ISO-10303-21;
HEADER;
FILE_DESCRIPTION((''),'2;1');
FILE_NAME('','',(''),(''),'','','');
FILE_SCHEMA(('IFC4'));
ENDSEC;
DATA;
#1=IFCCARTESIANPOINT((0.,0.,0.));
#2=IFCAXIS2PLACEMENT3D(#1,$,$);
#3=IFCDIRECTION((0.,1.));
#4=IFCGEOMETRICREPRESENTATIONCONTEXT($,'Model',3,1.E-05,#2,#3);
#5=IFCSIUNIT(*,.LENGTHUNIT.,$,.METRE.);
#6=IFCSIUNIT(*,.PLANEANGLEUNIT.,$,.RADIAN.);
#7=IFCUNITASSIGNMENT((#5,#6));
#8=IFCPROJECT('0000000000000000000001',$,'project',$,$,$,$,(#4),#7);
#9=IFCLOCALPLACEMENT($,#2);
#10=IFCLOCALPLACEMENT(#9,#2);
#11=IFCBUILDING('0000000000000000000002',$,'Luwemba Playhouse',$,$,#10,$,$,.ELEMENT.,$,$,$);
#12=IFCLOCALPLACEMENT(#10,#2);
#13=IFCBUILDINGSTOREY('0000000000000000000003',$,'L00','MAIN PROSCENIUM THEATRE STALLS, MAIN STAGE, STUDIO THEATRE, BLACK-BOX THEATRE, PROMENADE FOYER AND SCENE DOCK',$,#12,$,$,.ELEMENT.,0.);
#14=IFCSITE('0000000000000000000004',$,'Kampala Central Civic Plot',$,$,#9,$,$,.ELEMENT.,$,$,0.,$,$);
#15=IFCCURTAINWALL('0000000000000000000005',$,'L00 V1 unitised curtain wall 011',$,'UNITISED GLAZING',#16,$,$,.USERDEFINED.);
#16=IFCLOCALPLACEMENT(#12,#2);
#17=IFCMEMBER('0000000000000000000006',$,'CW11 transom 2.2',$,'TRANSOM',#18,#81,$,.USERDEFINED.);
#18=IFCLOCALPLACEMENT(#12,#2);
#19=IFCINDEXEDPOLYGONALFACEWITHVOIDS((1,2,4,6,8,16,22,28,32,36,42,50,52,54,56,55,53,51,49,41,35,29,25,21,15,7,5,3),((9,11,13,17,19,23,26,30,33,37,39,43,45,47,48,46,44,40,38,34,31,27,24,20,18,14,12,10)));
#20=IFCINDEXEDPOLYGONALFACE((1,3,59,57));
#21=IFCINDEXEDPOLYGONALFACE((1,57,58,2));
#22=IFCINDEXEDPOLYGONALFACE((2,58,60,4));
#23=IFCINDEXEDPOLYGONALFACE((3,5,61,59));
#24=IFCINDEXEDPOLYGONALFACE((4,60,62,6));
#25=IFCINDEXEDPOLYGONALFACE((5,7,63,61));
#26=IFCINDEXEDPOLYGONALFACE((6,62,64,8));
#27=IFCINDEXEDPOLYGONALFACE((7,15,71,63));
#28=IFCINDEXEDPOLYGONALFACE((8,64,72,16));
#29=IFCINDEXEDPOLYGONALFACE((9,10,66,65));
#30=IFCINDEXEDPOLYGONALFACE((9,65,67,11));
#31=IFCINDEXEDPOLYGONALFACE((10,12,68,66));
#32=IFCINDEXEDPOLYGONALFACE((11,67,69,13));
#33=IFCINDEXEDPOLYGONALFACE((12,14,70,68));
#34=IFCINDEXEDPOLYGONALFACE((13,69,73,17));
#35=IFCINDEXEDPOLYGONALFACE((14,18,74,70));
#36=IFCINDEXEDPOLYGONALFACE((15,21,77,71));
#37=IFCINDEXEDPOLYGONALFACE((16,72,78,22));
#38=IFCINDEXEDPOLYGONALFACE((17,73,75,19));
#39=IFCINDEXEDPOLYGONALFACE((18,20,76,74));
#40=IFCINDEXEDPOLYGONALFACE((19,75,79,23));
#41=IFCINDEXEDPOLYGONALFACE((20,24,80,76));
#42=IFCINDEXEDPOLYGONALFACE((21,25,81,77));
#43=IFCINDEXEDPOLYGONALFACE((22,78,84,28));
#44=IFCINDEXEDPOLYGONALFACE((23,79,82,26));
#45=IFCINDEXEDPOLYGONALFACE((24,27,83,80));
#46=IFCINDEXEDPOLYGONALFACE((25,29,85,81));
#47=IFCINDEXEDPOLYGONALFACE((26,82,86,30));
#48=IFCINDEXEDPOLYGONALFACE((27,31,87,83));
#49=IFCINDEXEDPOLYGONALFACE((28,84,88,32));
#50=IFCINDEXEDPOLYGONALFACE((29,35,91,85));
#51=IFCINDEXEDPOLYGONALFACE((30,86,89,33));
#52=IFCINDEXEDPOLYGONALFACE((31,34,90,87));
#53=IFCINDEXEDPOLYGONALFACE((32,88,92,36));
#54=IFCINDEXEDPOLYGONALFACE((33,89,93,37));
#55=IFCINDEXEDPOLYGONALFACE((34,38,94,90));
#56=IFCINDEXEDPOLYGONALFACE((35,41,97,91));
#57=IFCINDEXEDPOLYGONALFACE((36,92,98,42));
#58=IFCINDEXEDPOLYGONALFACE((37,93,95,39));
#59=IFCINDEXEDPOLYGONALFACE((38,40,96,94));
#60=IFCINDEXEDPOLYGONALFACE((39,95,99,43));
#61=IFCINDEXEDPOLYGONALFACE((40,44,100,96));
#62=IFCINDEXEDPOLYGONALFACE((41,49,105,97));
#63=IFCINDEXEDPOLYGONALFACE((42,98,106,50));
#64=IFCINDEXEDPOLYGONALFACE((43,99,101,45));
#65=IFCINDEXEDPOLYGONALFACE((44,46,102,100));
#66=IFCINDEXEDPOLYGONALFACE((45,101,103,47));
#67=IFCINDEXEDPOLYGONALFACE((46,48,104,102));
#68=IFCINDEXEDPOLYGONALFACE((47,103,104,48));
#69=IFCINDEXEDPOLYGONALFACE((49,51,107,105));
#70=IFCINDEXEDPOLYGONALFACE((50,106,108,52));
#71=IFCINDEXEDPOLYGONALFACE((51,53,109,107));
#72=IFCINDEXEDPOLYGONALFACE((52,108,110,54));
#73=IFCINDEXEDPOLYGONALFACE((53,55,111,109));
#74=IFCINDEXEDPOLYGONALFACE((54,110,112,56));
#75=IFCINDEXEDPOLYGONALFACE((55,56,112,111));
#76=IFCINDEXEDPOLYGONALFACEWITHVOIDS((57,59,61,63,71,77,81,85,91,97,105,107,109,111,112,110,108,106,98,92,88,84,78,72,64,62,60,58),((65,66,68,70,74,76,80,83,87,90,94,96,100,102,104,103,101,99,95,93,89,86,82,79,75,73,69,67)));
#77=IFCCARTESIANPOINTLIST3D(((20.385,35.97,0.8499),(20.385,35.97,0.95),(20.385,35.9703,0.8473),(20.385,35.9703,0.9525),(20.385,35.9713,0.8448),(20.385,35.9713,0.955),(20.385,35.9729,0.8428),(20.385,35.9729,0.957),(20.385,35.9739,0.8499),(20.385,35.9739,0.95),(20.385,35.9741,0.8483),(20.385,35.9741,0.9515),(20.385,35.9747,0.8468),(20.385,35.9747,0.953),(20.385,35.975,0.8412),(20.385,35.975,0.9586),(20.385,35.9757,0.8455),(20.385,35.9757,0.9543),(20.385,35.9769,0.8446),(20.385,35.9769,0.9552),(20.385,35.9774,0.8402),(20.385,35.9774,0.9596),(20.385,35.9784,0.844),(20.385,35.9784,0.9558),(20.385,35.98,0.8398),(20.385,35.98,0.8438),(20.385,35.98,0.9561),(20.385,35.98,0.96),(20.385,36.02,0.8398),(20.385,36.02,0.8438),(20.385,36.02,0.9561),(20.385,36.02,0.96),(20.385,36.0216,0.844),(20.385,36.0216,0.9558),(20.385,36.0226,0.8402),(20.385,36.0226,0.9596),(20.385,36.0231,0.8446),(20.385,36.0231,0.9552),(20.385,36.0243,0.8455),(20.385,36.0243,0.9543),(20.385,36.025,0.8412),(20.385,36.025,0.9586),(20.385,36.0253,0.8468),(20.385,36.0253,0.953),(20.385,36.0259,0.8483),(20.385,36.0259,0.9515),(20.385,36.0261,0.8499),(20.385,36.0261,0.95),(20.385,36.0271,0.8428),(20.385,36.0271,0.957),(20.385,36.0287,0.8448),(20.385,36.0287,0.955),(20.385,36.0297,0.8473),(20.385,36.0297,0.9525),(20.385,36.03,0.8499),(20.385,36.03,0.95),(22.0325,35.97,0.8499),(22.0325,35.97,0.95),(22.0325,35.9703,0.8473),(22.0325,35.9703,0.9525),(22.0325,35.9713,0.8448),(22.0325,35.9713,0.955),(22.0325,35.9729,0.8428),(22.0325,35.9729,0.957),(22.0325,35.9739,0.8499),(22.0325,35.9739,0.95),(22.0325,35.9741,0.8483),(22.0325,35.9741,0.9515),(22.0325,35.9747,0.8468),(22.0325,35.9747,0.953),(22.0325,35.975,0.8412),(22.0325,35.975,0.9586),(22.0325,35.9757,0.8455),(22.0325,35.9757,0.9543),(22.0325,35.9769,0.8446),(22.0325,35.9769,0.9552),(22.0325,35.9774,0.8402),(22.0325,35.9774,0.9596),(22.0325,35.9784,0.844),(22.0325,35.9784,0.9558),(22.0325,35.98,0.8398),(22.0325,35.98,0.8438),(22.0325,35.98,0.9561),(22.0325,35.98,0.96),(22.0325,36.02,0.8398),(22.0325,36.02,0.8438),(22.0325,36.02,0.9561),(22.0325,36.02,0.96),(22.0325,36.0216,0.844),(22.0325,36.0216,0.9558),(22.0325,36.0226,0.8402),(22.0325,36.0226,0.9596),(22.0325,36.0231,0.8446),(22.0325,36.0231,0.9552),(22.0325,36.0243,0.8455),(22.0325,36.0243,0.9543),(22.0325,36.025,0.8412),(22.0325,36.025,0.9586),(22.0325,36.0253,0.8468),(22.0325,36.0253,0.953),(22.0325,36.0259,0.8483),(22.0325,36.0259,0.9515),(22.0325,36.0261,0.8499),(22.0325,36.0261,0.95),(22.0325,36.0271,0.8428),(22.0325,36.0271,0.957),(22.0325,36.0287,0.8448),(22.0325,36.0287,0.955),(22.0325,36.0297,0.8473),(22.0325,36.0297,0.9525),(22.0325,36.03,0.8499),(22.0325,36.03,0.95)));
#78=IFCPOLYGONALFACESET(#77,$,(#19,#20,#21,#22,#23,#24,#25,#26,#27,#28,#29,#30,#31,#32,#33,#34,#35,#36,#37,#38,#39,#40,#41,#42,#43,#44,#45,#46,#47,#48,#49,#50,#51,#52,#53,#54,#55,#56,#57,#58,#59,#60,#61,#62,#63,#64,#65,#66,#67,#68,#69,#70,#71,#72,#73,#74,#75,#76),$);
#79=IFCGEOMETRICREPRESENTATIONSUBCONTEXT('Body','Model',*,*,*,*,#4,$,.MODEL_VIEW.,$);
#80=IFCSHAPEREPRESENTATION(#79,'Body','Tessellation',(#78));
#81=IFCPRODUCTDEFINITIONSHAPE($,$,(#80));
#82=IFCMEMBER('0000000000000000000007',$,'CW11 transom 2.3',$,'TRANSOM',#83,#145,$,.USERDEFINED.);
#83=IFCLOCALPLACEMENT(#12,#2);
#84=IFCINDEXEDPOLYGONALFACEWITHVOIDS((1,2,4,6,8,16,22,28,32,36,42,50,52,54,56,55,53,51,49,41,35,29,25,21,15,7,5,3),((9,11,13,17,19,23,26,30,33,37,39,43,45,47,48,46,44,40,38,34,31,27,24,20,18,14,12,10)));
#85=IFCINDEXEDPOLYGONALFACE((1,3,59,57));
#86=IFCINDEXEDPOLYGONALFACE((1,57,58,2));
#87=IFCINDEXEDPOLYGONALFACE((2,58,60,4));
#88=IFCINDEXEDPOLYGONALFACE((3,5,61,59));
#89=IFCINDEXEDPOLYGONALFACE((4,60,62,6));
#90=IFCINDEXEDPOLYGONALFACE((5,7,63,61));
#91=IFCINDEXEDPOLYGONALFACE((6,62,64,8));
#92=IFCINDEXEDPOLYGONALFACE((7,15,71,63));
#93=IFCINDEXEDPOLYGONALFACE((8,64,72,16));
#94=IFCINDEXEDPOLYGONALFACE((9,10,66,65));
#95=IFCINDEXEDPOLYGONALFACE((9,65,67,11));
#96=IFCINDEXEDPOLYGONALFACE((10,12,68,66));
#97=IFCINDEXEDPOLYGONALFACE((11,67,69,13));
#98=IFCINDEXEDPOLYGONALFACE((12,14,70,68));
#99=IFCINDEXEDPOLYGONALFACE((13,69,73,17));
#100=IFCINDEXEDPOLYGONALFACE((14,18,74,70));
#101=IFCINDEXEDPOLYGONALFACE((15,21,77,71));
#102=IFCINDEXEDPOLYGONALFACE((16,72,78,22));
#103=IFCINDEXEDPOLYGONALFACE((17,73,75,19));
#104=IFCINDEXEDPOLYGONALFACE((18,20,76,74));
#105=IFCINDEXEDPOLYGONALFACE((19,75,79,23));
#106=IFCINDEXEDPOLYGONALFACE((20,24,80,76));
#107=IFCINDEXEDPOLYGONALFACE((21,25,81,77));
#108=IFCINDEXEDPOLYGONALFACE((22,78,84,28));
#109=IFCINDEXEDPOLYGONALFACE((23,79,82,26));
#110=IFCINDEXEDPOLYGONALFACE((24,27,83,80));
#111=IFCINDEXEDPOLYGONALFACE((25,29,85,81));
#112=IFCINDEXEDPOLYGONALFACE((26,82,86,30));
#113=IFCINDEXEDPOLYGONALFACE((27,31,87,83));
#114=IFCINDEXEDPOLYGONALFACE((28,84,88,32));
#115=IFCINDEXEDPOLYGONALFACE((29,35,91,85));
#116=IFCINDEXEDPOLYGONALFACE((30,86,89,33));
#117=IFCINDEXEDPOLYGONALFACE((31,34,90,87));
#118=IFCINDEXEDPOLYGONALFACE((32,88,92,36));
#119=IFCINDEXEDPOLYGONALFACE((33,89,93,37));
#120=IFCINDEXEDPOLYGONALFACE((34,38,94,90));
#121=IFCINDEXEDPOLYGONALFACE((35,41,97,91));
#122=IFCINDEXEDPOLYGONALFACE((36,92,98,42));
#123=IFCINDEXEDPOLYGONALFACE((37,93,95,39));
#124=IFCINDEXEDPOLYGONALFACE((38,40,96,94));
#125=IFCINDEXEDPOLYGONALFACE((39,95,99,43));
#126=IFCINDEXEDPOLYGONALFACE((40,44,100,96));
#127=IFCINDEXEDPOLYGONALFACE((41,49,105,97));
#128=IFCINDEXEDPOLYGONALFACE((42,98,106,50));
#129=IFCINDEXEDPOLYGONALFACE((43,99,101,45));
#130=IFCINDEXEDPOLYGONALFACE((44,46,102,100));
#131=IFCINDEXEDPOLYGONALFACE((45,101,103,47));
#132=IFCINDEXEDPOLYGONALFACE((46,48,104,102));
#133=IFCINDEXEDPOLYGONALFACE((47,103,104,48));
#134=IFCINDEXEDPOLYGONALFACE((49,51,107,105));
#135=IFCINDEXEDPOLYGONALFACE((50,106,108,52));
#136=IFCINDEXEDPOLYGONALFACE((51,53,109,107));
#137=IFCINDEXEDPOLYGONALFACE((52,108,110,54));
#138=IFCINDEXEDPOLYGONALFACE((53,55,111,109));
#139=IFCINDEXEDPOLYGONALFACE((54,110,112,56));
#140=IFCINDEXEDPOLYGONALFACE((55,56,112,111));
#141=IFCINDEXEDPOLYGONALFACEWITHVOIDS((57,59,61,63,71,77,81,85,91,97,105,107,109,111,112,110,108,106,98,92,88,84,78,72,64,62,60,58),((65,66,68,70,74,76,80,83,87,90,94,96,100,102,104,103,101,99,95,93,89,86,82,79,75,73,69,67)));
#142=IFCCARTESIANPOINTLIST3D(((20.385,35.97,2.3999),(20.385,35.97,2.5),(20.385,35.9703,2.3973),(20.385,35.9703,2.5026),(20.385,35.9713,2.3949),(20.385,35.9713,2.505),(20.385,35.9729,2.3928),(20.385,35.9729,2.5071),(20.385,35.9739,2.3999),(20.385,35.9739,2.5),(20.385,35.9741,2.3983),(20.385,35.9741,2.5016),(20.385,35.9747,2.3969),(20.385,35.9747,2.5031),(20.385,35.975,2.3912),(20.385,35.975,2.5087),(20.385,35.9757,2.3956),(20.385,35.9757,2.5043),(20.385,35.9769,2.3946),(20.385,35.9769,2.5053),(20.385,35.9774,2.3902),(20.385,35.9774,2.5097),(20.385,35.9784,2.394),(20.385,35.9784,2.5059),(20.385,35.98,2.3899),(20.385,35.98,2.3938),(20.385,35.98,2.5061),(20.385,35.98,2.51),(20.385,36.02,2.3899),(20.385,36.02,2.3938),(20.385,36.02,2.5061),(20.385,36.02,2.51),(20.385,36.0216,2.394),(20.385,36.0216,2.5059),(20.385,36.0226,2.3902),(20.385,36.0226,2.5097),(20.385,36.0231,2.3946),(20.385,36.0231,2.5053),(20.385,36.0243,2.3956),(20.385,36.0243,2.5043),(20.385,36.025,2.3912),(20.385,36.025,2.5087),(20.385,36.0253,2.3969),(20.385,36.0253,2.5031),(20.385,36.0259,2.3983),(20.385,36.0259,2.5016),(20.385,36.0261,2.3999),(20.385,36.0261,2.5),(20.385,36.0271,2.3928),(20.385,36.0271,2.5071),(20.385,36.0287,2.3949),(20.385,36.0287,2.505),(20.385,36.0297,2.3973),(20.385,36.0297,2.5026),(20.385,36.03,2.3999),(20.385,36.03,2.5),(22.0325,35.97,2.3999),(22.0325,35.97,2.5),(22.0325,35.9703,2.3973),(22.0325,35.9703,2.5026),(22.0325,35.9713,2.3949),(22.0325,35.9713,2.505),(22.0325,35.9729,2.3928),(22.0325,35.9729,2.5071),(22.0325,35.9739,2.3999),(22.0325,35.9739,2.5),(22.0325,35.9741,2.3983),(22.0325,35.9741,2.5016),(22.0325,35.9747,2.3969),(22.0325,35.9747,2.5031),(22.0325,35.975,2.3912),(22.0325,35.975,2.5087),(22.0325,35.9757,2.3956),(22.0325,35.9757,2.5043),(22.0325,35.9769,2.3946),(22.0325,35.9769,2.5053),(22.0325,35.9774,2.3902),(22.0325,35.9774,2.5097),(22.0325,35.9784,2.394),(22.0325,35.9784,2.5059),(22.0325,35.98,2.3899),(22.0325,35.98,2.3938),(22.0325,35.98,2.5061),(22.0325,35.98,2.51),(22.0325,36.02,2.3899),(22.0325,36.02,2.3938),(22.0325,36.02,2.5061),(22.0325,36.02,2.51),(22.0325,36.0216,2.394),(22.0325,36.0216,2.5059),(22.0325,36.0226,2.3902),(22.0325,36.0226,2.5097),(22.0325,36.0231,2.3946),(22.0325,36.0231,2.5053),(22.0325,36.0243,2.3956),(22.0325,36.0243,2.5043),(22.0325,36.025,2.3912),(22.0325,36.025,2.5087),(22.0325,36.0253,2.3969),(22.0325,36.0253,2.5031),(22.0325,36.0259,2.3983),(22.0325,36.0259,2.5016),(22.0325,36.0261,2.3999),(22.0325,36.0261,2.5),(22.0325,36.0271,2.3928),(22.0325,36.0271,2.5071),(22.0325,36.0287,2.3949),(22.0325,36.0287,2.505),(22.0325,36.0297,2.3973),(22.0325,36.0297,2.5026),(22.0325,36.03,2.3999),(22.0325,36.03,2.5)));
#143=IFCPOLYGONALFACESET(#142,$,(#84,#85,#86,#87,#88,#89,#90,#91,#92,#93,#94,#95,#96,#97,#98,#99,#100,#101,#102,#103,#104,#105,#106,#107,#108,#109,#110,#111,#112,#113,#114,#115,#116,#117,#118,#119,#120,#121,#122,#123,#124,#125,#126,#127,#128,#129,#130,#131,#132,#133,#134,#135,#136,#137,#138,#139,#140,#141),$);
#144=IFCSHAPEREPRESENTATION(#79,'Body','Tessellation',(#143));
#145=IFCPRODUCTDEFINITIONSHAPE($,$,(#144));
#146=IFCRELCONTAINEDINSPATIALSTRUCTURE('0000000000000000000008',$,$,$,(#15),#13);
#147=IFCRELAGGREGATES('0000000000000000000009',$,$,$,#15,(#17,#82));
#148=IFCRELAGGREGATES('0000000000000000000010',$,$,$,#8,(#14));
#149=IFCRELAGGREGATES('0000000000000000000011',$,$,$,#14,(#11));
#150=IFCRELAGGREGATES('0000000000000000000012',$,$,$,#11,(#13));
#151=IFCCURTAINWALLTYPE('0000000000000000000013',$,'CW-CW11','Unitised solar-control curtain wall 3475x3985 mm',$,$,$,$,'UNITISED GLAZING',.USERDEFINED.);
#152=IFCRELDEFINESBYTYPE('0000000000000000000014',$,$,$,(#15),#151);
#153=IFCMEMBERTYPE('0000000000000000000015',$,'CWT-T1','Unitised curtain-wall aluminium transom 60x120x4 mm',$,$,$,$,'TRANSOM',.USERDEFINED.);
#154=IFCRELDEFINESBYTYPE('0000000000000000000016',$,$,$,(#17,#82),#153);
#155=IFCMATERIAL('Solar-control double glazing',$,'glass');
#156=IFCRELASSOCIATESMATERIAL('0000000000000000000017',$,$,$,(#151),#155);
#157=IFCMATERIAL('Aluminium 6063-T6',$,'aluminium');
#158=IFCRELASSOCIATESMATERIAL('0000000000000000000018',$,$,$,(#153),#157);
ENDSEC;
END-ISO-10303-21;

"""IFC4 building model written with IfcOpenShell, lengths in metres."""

from ifc_helpers import new_model, si_unit, direction, frame, origin, origin_2d, place, context, subcontext, project, spatial, hollow_rectangle, extrude, material, material_profile, profile_set, type_object, element, aggregate, save


model = new_model("IFC4")

# Units and contexts
model_context = context("Model", 3, precision=1e-05, world=origin(), true_north=direction((0.0, 1.0)))
body_context = subcontext(model_context, "Body", "Model", "MODEL_VIEW")
ifc_project = project(units=[si_unit("LENGTHUNIT", "METRE"), si_unit("PLANEANGLEUNIT", "RADIAN")], contexts=[model_context])

# Site, building, storey
site_placement = place(None, origin())
site = spatial("IfcSite", under=ifc_project, at=site_placement, Name="Kampala Central Civic Plot", CompositionType="ELEMENT", RefElevation=0.0)
building_placement = place(site_placement, origin())
building = spatial("IfcBuilding", under=site, at=building_placement, Name="Luwemba Playhouse", CompositionType="ELEMENT")
storey_placement = place(building_placement, origin())
storey = spatial("IfcBuildingStorey", under=building, at=storey_placement, Name="L00", Description="MAIN PROSCENIUM THEATRE STALLS, MAIN STAGE, STUDIO THEATRE, BLACK-BOX THEATRE, PROMENADE FOYER AND SCENE DOCK", CompositionType="ELEMENT", Elevation=0.0)

# Curtain wall
ifc_material_1 = material(Name="Solar-control double glazing", Category="glass")
curtain_wall_type_1 = type_object("IfcCurtainWallType", Name="CW-CW11", Description="Unitised solar-control curtain wall 3475x3985 mm", ElementType="UNITISED GLAZING", PredefinedType="USERDEFINED", material=ifc_material_1)
curtain_wall_1_placement = place(storey_placement, origin())
curtain_wall_1 = element("IfcCurtainWall", 1, at=curtain_wall_1_placement, inside=storey, type_object=curtain_wall_type_1, Name="L00 V1 unitised curtain wall 011", ObjectType="UNITISED GLAZING", PredefinedType="USERDEFINED")
ifc_material_2 = material(Name="Aluminium 6063-T6", Category="aluminium")

# Members
ifc_material_profile_1 = material_profile(ifc_material_2, hollow_rectangle(XDim=0.0601, YDim=0.1201, WallThickness=0.0039, InnerFilletRadius=0.0061, OuterFilletRadius=0.01, at=origin_2d()))
ifc_profile_set_1 = profile_set([ifc_material_profile_1], Name="Aluminium 6063-T6")
member_type_1 = type_object("IfcMemberType", Name="CWT-T1", Description="Unitised curtain-wall aluminium transom 60x120x4 mm", ElementType="TRANSOM", PredefinedType="USERDEFINED", material=ifc_profile_set_1)
member_1_placement = place(storey_placement, frame((22.0325, 36.0, 0.8999), z_axis=(-1.0, 0.0, 0.0), x_axis=(0.0, -1.0, 0.0)))
member_1 = element("IfcMember", 2, at=member_1_placement, type_object=member_type_1, Name="CW11 transom 2.2", ObjectType="TRANSOM", PredefinedType="USERDEFINED", context=body_context, shape_type="SweptSolid", body=[
    extrude(hollow_rectangle(XDim=0.0601, YDim=0.1201, WallThickness=0.0039, InnerFilletRadius=0.0061, OuterFilletRadius=0.01, at=origin_2d()), origin(), (0.0, 0.0, 1.0), 1.6475),
])
member_2_placement = place(storey_placement, frame((22.0325, 36.0, 2.45), z_axis=(-1.0, 0.0, 0.0), x_axis=(0.0, -1.0, 0.0)))
member_2 = element("IfcMember", 3, at=member_2_placement, type_object=member_type_1, Name="CW11 transom 2.3", ObjectType="TRANSOM", PredefinedType="USERDEFINED", context=body_context, shape_type="SweptSolid", body=[
    extrude(hollow_rectangle(XDim=0.0601, YDim=0.1201, WallThickness=0.0039, InnerFilletRadius=0.0061, OuterFilletRadius=0.01, at=origin_2d()), origin(), (0.0, 0.0, 1.0), 1.6475),
])

aggregate(curtain_wall_1, [member_1, member_2])

save(model, "model.ifc")
